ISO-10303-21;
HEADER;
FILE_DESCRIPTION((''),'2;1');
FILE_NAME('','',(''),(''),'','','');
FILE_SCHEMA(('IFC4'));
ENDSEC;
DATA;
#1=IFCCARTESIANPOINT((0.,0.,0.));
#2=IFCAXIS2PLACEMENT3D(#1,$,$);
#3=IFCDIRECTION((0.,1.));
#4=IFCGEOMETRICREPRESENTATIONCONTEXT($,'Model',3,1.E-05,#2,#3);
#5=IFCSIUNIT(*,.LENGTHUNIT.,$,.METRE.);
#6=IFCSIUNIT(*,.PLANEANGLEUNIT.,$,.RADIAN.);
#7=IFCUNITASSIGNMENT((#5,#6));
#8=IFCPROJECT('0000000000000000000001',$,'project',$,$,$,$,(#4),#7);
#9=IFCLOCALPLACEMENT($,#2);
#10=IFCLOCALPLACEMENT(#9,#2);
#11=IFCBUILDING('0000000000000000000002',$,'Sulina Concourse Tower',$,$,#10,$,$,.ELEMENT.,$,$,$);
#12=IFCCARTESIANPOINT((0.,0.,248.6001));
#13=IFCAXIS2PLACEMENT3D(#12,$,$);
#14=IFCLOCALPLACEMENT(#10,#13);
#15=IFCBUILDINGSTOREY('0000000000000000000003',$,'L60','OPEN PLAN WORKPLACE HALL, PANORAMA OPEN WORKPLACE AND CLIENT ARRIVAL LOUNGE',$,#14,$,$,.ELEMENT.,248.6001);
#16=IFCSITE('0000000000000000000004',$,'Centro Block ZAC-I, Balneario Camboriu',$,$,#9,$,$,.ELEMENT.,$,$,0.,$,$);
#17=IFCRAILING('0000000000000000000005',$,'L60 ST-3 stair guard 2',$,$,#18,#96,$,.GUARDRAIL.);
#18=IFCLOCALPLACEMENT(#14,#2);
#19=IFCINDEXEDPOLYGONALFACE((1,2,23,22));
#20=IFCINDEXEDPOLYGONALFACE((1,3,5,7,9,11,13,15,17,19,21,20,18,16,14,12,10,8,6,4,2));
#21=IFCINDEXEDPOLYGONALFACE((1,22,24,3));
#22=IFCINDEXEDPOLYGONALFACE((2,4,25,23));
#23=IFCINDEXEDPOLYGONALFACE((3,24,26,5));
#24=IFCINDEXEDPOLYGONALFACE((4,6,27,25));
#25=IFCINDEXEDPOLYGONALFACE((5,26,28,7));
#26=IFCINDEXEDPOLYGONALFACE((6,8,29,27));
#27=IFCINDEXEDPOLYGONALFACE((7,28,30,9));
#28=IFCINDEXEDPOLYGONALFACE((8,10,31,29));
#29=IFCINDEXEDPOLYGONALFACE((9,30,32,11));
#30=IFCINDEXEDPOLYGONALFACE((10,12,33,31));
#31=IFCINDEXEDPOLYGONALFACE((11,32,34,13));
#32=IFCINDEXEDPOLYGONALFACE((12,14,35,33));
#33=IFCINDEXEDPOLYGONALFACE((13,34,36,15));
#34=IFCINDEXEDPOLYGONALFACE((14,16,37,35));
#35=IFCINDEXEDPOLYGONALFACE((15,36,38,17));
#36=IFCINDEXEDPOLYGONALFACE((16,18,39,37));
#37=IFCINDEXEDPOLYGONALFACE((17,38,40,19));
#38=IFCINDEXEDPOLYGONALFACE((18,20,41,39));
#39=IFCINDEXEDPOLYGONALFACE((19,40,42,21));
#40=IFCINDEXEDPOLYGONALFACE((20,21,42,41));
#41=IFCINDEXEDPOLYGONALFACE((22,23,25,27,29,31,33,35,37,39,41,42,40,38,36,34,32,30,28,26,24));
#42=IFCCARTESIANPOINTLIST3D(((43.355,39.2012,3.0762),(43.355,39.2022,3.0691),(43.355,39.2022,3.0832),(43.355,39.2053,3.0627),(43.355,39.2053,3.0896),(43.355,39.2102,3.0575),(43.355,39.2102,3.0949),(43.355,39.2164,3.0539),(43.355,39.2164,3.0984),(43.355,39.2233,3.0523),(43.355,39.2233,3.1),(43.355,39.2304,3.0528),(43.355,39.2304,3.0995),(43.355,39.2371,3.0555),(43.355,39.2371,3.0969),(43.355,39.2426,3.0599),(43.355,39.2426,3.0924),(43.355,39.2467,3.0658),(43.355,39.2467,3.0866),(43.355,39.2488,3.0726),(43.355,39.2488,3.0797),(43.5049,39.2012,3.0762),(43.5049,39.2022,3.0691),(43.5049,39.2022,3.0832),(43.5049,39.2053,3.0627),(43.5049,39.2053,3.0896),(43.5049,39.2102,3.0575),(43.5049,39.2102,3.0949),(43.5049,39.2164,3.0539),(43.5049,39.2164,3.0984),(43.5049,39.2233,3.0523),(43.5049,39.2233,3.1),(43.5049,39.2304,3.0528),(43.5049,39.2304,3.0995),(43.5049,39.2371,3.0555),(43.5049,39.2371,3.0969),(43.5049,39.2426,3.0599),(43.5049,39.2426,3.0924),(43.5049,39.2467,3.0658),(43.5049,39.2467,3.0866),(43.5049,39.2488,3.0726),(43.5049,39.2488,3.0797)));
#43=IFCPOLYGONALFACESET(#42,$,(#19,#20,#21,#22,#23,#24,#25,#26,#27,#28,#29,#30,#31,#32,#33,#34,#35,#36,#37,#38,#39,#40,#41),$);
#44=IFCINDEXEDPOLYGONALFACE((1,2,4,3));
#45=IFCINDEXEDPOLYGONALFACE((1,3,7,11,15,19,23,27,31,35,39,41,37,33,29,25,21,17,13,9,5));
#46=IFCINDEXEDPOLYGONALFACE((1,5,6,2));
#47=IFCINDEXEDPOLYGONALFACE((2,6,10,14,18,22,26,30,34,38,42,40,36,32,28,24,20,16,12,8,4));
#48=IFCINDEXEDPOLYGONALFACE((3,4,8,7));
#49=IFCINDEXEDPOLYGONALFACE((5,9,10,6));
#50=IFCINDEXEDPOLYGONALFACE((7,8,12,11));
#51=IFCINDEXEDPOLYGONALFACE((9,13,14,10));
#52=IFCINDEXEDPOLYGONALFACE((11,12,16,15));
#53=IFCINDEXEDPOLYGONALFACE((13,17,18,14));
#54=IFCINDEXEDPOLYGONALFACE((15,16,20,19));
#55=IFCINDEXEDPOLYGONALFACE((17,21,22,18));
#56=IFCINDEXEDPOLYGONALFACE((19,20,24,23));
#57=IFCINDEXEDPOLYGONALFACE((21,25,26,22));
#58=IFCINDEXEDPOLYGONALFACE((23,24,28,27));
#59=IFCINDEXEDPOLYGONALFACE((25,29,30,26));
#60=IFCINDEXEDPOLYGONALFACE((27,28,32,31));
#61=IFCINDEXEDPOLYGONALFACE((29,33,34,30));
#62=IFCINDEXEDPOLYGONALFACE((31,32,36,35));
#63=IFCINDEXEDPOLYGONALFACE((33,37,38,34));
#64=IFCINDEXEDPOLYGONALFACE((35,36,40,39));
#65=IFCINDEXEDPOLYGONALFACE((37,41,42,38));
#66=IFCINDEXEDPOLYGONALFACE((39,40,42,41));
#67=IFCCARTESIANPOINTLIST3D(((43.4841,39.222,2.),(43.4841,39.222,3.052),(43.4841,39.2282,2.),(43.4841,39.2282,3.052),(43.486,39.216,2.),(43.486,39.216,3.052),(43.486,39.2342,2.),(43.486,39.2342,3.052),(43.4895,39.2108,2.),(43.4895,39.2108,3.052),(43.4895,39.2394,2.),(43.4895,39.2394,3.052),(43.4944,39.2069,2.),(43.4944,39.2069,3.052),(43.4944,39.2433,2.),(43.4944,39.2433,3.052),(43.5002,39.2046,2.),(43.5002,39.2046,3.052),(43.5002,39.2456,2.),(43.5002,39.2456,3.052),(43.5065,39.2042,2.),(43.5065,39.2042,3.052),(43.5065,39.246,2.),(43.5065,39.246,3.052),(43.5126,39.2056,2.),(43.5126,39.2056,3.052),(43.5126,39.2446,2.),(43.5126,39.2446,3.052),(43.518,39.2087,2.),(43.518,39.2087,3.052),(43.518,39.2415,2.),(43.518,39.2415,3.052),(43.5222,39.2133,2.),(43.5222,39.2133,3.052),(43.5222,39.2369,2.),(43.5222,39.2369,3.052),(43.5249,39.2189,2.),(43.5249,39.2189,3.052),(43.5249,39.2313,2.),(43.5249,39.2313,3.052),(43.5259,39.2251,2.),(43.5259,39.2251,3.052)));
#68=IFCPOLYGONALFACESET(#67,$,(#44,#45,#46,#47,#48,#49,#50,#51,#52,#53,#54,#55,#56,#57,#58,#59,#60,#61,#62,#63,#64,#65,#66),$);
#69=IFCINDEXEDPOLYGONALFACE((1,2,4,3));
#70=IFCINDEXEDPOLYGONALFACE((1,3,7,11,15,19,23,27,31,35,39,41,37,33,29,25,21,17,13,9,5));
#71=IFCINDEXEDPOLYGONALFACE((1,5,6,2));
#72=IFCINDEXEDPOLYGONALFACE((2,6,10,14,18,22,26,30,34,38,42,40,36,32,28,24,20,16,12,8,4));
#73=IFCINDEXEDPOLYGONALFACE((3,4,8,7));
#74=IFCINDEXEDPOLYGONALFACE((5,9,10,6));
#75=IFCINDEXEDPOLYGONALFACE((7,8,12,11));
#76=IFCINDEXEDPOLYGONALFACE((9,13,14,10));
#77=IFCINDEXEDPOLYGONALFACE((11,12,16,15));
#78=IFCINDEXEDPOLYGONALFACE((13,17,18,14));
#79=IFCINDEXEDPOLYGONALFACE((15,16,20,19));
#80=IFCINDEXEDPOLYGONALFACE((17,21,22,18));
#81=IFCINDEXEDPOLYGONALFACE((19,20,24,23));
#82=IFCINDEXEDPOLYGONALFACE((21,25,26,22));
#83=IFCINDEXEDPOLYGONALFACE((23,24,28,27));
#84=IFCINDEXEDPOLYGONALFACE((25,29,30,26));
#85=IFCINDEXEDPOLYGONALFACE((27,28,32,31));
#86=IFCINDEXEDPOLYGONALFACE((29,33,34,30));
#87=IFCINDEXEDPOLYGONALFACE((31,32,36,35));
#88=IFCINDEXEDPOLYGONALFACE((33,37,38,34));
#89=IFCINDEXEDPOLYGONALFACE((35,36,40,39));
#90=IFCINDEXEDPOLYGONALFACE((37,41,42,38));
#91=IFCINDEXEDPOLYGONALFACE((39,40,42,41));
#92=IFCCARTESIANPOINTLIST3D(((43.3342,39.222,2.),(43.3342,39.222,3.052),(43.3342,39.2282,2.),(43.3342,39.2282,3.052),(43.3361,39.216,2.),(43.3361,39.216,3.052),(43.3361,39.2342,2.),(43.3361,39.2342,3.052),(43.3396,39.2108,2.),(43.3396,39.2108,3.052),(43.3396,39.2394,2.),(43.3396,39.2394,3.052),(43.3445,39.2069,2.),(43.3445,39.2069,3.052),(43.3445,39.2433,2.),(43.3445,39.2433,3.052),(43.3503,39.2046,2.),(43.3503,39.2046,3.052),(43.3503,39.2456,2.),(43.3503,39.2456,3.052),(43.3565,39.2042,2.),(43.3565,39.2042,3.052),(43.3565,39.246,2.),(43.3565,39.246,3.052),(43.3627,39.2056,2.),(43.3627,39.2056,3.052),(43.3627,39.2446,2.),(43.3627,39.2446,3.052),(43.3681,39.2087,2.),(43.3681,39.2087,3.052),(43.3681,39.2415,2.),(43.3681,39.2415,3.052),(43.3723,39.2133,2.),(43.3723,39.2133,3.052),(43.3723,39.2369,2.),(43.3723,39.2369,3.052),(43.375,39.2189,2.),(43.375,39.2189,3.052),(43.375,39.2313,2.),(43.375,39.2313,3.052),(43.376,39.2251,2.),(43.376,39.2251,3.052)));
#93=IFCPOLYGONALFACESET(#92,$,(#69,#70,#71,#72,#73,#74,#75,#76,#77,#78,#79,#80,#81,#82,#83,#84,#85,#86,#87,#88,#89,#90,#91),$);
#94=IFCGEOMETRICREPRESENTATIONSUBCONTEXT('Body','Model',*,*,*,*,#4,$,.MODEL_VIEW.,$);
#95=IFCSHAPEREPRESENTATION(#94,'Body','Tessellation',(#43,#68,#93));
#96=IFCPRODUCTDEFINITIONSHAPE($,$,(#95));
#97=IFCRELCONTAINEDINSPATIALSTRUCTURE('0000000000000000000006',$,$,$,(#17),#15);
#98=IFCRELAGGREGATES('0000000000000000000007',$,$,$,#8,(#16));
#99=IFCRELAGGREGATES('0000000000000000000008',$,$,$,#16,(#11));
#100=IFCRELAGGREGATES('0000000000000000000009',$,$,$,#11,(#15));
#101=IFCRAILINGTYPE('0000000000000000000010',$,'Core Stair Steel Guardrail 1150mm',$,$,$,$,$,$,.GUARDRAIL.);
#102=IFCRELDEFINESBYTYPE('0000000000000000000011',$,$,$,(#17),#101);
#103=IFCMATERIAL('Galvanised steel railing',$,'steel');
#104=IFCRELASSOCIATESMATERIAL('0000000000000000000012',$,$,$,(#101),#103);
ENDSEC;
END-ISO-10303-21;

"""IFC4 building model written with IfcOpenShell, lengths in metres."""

from ifc_helpers import new_model, si_unit, direction, frame, origin, origin_2d, place, context, subcontext, project, spatial, circle, extrude, material, type_object, element, save


model = new_model("IFC4")

# Units and contexts
model_context = context("Model", 3, precision=1e-05, world=origin(), true_north=direction((0.0, 1.0)))
body_context = subcontext(model_context, "Body", "Model", "MODEL_VIEW")
ifc_project = project(units=[si_unit("LENGTHUNIT", "METRE"), si_unit("PLANEANGLEUNIT", "RADIAN")], contexts=[model_context])

# Site, building, storey
site_placement = place(None, origin())
site = spatial("IfcSite", under=ifc_project, at=site_placement, Name="Centro Block ZAC-I, Balneario Camboriu", CompositionType="ELEMENT", RefElevation=0.0)
building_placement = place(site_placement, origin())
building = spatial("IfcBuilding", under=site, at=building_placement, Name="Sulina Concourse Tower", CompositionType="ELEMENT")
storey_placement = place(building_placement, frame((0.0, 0.0, 248.6001)))
storey = spatial("IfcBuildingStorey", under=building, at=storey_placement, Name="L60", Description="OPEN PLAN WORKPLACE HALL, PANORAMA OPEN WORKPLACE AND CLIENT ARRIVAL LOUNGE", CompositionType="ELEMENT", Elevation=248.6001)

# Railing
ifc_material_1 = material(Name="Galvanised steel railing", Category="steel")
railing_type_1 = type_object("IfcRailingType", Name="Core Stair Steel Guardrail 1150mm", PredefinedType="GUARDRAIL", material=ifc_material_1)
railing_1_placement = place(storey_placement, frame((43.5049, 39.2251, 2.0)))
element("IfcRailing", 1, at=railing_1_placement, inside=storey, type_object=railing_type_1, Name="L60 ST-3 stair guard 2", PredefinedType="GUARDRAIL", context=body_context, shape_type="SweptSolid", body=[
    extrude(circle(Radius=0.0239, at=origin_2d()), frame((0.0, 0.0, 1.0762), z_axis=(-1.0, 0.0, 0.0), x_axis=(0.0, -1.0, 0.0)), (0.0, 0.0, 1.0), 0.1499),
    extrude(circle(Radius=0.021, at=origin_2d()), origin(), (0.0, 0.0, 1.0), 1.052),
    extrude(circle(Radius=0.021, at=origin_2d()), frame((-0.1499, 0.0, 0.0)), (0.0, 0.0, 1.0), 1.052),
])

save(model, "model.ifc")
